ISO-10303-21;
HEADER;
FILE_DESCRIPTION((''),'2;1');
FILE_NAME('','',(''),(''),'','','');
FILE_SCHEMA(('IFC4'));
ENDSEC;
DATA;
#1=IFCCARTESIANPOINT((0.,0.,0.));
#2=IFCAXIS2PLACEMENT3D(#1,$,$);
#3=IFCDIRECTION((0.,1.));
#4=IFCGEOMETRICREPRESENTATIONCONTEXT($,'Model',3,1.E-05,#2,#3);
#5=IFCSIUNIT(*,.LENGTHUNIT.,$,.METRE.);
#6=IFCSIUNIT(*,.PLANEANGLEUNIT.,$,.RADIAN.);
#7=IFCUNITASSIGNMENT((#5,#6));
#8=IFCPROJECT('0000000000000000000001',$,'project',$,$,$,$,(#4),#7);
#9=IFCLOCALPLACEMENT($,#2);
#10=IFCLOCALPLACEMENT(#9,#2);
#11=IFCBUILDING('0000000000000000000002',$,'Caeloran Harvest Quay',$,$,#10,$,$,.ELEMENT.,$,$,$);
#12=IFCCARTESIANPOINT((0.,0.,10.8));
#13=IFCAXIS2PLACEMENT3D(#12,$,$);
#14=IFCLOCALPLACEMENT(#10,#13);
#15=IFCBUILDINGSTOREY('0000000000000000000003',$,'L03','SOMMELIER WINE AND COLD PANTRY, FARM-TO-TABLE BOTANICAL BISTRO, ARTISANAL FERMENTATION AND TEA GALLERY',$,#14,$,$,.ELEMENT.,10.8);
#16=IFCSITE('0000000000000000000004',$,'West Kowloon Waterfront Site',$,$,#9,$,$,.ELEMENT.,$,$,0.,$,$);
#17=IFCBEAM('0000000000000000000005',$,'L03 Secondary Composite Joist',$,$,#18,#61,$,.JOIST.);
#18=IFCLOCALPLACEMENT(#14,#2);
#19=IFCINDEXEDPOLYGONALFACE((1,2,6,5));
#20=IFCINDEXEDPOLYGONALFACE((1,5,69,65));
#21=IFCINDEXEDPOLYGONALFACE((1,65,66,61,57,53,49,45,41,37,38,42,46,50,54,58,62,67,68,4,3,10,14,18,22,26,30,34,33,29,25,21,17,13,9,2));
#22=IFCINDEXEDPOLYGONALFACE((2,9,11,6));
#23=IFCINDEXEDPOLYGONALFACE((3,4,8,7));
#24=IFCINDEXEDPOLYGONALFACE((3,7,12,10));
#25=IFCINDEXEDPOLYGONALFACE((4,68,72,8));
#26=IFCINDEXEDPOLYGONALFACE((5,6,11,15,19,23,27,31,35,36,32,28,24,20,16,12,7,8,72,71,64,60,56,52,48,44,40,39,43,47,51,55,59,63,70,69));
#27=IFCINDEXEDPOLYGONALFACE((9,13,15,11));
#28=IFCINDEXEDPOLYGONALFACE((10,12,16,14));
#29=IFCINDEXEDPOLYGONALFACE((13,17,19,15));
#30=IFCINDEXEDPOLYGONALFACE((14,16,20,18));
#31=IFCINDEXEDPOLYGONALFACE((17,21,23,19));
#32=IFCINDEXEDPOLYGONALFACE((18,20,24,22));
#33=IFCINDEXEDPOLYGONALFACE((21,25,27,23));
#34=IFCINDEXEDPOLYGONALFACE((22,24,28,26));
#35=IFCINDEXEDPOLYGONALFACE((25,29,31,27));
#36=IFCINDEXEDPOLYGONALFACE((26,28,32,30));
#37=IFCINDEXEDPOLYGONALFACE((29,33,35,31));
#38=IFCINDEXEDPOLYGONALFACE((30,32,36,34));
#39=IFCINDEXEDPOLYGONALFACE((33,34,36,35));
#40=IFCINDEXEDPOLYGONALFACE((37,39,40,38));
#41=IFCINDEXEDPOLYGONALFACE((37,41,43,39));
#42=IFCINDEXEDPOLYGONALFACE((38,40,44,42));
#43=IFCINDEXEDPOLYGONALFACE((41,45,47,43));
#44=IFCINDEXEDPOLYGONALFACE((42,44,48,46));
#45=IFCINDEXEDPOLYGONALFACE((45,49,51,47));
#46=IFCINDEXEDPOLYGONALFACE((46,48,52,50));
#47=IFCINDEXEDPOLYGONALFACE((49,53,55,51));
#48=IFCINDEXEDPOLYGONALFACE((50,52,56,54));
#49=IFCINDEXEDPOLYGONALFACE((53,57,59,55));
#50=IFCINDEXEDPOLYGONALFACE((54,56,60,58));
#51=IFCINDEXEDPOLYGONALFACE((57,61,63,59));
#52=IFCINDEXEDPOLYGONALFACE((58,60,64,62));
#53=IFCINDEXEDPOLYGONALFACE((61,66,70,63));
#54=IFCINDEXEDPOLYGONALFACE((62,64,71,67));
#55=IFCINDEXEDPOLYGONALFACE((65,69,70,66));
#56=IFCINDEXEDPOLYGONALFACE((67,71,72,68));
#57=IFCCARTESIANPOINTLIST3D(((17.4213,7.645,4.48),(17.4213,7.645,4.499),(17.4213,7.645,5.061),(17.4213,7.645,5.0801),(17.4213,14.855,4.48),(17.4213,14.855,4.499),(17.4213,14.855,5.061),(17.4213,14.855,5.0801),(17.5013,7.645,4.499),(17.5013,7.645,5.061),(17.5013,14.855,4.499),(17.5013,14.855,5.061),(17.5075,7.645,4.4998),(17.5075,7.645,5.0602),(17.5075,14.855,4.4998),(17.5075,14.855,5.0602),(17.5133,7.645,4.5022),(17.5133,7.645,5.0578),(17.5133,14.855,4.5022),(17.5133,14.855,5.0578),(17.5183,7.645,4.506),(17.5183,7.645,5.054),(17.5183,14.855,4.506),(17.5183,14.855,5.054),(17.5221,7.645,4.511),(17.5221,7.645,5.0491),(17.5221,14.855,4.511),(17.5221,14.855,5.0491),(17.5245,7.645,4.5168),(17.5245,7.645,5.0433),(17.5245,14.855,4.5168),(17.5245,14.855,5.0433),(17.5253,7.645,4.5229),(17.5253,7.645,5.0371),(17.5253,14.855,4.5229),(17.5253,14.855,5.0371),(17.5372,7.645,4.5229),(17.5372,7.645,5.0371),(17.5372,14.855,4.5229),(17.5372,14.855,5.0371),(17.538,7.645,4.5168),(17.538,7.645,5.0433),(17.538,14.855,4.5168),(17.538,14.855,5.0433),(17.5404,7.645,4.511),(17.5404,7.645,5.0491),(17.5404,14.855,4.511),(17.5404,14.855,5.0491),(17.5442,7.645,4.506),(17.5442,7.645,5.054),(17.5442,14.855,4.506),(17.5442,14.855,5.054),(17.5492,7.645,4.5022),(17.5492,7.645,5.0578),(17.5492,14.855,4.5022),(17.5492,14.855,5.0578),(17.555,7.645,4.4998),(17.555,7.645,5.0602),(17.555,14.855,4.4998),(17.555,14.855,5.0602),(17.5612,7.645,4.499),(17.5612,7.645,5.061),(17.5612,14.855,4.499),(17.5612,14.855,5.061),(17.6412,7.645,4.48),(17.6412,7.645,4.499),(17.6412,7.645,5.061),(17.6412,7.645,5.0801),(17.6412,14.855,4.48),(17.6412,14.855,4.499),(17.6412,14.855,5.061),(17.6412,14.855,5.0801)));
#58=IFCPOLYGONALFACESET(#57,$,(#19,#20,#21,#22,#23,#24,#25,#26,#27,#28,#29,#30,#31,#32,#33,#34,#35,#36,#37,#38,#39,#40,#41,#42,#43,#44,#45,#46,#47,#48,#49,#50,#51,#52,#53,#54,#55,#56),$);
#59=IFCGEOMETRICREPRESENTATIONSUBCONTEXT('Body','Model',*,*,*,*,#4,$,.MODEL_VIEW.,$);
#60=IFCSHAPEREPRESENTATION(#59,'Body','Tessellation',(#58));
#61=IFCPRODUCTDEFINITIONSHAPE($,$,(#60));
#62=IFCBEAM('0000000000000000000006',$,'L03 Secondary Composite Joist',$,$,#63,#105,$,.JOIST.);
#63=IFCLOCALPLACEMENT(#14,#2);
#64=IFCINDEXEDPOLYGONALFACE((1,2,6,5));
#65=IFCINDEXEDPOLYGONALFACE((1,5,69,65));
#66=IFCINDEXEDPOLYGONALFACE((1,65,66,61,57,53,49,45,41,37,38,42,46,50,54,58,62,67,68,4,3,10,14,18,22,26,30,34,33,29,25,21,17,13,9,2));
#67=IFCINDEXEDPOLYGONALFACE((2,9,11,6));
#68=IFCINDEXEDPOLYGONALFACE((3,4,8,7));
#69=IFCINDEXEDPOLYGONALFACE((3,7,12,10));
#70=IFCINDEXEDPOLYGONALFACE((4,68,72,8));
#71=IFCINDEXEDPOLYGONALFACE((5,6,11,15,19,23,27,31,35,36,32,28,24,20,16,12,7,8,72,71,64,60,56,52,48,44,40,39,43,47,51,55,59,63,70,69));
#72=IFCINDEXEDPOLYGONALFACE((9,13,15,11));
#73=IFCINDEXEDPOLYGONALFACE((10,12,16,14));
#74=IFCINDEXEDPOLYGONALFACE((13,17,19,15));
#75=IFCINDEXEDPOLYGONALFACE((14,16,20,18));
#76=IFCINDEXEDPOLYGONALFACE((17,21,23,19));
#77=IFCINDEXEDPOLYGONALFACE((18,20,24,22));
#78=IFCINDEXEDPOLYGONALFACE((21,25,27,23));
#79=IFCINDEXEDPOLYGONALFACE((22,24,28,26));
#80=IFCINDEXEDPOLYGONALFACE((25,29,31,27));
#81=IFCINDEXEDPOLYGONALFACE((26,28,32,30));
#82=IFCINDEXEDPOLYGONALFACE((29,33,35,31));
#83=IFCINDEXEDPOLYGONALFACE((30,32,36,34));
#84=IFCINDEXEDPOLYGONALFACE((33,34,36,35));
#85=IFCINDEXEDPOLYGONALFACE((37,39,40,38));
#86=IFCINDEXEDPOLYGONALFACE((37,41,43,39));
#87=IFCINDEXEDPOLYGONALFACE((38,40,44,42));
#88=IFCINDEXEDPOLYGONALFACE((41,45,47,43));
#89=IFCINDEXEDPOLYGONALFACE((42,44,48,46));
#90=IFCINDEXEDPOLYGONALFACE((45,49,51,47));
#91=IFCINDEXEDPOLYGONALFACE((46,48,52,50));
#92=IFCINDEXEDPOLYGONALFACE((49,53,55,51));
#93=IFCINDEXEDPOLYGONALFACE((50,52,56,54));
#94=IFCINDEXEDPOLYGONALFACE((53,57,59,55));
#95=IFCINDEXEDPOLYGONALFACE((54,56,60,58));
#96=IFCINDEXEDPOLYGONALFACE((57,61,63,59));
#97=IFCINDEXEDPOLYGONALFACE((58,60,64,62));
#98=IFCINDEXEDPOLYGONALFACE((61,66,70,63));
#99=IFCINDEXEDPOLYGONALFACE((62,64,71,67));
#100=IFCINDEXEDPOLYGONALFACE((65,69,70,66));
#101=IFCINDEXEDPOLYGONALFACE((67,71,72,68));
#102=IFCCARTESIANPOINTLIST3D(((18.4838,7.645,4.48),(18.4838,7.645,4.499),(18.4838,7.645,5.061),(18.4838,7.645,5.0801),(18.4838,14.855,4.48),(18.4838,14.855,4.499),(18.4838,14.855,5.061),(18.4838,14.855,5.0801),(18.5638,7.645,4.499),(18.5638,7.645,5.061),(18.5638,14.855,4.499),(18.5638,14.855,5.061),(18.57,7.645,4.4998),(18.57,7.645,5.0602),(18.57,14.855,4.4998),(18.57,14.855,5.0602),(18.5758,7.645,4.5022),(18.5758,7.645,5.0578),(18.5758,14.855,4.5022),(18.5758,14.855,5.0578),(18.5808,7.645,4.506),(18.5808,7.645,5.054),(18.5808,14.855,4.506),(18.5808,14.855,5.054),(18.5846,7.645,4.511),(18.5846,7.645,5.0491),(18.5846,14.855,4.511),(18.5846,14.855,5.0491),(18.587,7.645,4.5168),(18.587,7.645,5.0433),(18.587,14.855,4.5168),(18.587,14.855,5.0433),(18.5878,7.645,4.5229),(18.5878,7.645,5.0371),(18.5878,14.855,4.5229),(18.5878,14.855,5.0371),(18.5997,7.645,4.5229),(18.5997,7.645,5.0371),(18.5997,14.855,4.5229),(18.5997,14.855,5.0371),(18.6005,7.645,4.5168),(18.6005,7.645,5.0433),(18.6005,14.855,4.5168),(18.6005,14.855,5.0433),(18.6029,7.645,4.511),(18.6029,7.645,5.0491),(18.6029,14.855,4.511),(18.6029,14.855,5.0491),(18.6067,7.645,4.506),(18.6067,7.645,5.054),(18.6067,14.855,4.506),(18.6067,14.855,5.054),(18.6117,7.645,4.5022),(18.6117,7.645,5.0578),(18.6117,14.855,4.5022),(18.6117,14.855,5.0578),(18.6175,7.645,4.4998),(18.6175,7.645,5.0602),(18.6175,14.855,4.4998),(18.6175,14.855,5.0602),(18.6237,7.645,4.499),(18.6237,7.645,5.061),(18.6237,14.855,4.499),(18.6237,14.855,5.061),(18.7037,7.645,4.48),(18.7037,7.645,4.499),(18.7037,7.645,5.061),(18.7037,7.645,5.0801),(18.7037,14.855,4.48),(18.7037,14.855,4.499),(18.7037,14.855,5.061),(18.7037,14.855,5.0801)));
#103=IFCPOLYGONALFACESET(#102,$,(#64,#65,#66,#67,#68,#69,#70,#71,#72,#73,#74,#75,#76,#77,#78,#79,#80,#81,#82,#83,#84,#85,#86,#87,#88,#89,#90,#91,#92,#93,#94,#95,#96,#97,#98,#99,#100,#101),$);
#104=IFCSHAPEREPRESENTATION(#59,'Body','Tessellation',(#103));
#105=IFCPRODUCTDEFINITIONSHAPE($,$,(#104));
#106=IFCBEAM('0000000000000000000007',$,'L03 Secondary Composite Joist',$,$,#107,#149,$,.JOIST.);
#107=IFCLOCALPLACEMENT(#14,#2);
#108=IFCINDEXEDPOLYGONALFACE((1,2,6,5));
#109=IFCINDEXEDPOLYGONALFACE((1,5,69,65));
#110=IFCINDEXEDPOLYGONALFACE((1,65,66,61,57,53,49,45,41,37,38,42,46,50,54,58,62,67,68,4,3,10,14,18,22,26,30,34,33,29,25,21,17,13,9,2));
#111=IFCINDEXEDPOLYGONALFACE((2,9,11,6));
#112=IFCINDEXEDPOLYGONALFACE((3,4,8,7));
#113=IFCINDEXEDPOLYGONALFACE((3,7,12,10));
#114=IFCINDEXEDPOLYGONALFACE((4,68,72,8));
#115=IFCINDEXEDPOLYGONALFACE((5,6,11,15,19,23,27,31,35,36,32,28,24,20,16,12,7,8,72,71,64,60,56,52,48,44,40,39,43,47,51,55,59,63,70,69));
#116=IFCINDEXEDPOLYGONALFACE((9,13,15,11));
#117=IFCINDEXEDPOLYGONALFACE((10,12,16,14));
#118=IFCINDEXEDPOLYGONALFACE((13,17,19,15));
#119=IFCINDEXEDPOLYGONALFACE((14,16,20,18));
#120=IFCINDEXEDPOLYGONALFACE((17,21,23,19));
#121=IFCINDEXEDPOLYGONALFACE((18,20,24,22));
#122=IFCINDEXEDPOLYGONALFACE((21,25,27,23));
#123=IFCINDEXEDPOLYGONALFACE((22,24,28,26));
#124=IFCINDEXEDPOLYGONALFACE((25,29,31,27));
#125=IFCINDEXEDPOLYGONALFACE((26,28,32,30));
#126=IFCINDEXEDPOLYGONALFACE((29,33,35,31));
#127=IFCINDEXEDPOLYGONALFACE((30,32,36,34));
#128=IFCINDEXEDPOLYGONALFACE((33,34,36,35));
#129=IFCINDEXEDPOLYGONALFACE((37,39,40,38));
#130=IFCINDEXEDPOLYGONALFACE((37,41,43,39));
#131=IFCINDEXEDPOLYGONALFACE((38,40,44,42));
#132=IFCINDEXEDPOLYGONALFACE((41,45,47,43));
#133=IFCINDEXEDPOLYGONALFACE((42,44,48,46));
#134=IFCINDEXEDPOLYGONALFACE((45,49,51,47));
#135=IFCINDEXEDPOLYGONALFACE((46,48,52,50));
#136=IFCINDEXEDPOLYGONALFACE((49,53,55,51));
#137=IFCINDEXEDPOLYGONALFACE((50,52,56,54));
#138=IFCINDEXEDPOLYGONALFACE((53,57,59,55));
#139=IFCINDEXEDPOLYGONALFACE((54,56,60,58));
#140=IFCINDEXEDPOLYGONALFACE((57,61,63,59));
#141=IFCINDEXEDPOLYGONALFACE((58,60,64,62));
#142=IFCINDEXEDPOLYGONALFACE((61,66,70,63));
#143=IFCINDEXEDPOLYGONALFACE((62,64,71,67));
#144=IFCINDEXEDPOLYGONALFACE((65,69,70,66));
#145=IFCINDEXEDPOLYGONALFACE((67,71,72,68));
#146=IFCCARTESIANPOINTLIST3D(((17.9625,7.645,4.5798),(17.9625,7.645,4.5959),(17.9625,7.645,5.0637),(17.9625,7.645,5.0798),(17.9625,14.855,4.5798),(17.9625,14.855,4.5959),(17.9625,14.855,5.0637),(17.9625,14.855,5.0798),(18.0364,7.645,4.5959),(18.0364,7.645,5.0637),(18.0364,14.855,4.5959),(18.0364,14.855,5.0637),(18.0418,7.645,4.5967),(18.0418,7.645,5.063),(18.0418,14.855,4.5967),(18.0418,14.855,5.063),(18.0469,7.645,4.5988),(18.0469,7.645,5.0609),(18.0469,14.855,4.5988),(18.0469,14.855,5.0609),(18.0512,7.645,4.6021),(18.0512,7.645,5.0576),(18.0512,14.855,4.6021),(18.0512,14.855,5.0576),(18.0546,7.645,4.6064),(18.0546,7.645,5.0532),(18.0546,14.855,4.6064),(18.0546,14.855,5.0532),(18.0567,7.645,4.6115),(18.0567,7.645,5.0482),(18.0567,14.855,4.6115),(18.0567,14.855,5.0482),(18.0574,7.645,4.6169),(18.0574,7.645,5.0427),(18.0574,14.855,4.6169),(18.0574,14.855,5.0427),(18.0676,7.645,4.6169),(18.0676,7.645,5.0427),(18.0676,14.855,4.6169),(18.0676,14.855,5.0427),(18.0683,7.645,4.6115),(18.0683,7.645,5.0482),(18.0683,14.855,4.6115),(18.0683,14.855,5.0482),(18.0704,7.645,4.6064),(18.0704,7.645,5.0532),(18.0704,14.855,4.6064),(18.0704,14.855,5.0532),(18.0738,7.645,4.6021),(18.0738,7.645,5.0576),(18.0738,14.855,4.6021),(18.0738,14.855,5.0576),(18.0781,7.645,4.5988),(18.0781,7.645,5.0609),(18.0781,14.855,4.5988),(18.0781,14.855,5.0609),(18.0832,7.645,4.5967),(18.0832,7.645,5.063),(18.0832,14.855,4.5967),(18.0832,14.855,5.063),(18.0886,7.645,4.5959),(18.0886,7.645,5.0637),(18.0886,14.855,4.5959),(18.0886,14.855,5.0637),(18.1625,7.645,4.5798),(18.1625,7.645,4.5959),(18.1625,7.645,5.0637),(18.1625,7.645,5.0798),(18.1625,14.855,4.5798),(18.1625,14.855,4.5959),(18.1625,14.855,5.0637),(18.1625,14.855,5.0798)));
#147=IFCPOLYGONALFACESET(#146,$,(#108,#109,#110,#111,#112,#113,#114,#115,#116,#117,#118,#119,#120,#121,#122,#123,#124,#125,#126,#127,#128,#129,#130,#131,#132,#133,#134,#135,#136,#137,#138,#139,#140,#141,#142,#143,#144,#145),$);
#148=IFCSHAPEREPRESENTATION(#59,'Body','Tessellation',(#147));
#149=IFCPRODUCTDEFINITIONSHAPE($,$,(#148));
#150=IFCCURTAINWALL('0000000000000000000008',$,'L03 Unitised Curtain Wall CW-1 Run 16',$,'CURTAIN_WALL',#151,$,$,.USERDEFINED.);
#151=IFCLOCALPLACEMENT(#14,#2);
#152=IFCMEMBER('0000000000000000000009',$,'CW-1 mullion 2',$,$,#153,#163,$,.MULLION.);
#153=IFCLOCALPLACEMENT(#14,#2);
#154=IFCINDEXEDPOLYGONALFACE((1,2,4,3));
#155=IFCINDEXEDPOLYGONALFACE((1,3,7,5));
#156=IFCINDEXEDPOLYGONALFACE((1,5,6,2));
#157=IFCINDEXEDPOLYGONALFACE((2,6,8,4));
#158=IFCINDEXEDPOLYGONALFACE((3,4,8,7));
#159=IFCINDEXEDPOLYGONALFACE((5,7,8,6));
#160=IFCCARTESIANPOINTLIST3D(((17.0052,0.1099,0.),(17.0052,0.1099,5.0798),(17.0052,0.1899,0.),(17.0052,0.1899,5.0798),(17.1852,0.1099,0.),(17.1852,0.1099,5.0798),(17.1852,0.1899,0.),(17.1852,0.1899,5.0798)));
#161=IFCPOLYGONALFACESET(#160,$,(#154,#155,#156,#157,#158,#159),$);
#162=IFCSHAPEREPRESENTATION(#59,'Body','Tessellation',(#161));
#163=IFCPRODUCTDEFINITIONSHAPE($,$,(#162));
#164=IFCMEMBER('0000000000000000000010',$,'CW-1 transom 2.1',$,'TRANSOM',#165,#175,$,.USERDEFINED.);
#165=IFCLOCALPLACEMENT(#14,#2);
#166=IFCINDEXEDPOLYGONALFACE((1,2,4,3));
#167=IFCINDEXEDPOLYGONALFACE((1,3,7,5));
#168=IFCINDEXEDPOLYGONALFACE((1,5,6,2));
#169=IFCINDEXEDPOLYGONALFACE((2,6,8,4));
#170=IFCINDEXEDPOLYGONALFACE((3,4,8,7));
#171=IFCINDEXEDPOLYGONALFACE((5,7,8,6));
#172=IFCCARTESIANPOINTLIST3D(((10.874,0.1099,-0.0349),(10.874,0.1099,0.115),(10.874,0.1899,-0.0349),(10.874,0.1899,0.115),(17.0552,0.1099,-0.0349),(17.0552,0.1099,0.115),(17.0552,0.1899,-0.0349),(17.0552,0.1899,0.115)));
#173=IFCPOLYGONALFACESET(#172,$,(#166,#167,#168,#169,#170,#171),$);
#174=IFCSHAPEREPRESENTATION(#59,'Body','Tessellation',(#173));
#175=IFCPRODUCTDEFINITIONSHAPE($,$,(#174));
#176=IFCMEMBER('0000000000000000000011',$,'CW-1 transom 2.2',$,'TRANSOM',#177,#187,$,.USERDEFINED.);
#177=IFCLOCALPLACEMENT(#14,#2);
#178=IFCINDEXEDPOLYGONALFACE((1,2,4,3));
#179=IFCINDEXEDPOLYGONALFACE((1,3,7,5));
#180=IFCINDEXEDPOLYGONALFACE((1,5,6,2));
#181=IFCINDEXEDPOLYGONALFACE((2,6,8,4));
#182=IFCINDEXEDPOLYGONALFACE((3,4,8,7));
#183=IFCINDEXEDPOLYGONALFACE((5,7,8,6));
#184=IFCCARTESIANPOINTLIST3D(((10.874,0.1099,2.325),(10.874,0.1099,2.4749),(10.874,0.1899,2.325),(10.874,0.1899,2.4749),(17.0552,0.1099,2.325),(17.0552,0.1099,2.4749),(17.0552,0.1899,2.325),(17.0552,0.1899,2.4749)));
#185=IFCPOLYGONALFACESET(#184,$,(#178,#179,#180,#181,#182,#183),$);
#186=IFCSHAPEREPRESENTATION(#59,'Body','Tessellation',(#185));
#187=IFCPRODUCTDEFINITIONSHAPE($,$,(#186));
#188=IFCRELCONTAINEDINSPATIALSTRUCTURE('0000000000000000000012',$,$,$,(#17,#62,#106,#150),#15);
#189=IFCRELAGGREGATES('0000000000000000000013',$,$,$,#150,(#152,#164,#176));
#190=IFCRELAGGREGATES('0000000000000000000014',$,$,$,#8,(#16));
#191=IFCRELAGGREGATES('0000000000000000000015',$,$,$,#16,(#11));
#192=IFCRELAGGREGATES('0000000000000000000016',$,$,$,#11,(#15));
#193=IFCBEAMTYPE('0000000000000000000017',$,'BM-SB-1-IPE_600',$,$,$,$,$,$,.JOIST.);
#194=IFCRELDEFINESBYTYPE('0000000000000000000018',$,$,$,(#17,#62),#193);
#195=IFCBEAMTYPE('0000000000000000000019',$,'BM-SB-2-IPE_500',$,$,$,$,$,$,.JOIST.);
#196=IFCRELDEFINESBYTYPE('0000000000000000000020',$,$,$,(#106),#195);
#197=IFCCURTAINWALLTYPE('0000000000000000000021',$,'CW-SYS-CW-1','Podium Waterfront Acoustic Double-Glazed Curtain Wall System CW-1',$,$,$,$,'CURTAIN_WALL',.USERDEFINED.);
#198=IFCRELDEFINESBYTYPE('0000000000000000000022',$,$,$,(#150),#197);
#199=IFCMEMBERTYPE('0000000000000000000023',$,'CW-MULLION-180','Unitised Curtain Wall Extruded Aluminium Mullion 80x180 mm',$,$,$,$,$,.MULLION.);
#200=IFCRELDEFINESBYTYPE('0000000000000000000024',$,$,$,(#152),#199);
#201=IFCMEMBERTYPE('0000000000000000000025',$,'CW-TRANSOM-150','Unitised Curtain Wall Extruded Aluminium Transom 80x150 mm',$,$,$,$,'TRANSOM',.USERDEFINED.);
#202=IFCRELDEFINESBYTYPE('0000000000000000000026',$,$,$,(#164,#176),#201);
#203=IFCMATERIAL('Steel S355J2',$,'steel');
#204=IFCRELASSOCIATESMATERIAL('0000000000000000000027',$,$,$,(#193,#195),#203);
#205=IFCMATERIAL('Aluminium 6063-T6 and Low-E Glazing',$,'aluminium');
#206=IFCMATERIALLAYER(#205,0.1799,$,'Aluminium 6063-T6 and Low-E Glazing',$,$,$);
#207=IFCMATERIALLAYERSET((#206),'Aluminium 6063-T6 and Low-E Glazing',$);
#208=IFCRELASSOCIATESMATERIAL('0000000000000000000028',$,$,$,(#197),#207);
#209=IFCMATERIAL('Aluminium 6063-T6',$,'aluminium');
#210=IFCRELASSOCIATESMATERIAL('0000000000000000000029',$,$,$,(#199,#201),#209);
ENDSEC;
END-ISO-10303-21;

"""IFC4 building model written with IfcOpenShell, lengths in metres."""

from ifc_helpers import new_model, si_unit, direction, frame, origin, origin_2d, place, context, subcontext, project, spatial, rectangle, i_section, extrude, material, layer, layer_set, material_profile, profile_set, type_object, element, aggregate, save


model = new_model("IFC4")

# Units and contexts
model_context = context("Model", 3, precision=1e-05, world=origin(), true_north=direction((0.0, 1.0)))
body_context = subcontext(model_context, "Body", "Model", "MODEL_VIEW")
ifc_project = project(units=[si_unit("LENGTHUNIT", "METRE"), si_unit("PLANEANGLEUNIT", "RADIAN")], contexts=[model_context])

# Site, building, storey
site_placement = place(None, origin())
site = spatial("IfcSite", under=ifc_project, at=site_placement, Name="West Kowloon Waterfront Site", CompositionType="ELEMENT", RefElevation=0.0)
building_placement = place(site_placement, origin())
building = spatial("IfcBuilding", under=site, at=building_placement, Name="Caeloran Harvest Quay", CompositionType="ELEMENT")
storey_placement = place(building_placement, frame((0.0, 0.0, 10.8)))
storey = spatial("IfcBuildingStorey", under=building, at=storey_placement, Name="L03", Description="SOMMELIER WINE AND COLD PANTRY, FARM-TO-TABLE BOTANICAL BISTRO, ARTISANAL FERMENTATION AND TEA GALLERY", CompositionType="ELEMENT", Elevation=10.8)

# Beams
ifc_material_1 = material(Name="Steel S355J2", Category="steel")
ifc_material_profile_1 = material_profile(ifc_material_1, i_section(OverallWidth=0.22, OverallDepth=0.6001, WebThickness=0.012, FlangeThickness=0.019, FilletRadius=0.0239, at=origin_2d()), Name="IPE 600")
ifc_profile_set_1 = profile_set([ifc_material_profile_1], Name="Steel S355J2")
beam_type_1 = type_object("IfcBeamType", Name="BM-SB-1-IPE_600", PredefinedType="JOIST", material=ifc_profile_set_1)
for number, where, z_axis, x_axis, name in (
    (1, (17.5312, 7.645, 4.78), (0.0, 1.0, 0.0), (-1.0, 0.0, 0.0), "L03 Secondary Composite Joist"),
    (2, (18.5938, 7.645, 4.78), (0.0, 1.0, 0.0), (-1.0, 0.0, 0.0), "L03 Secondary Composite Joist"),
):
    element("IfcBeam", number, at=place(storey_placement, frame(where, z_axis=z_axis, x_axis=x_axis)), inside=storey, type_object=beam_type_1, Name=name, PredefinedType="JOIST", context=body_context, shape_type="SweptSolid", body=[
        extrude(i_section(OverallWidth=0.22, OverallDepth=0.6001, WebThickness=0.012, FlangeThickness=0.019, FilletRadius=0.0239, at=origin_2d()), origin(), (0.0, 0.0, 1.0), 7.21),
    ])
ifc_material_profile_2 = material_profile(ifc_material_1, i_section(OverallWidth=0.2, OverallDepth=0.5, WebThickness=0.0103, FlangeThickness=0.0161, FilletRadius=0.021, at=origin_2d()), Name="IPE 500")
ifc_profile_set_2 = profile_set([ifc_material_profile_2], Name="Steel S355J2")
beam_type_2 = type_object("IfcBeamType", Name="BM-SB-2-IPE_500", PredefinedType="JOIST", material=ifc_profile_set_2)
beam_1_placement = place(storey_placement, frame((18.0625, 7.645, 4.8298), z_axis=(0.0, 1.0, 0.0), x_axis=(-1.0, 0.0, 0.0)))
element("IfcBeam", 3, at=beam_1_placement, inside=storey, type_object=beam_type_2, Name="L03 Secondary Composite Joist", PredefinedType="JOIST", context=body_context, shape_type="SweptSolid", body=[
    extrude(i_section(OverallWidth=0.2, OverallDepth=0.5, WebThickness=0.0103, FlangeThickness=0.0161, FilletRadius=0.021, at=origin_2d()), origin(), (0.0, 0.0, 1.0), 7.21),
])

# Curtain wall, members
ifc_material_2 = material(Name="Aluminium 6063-T6 and Low-E Glazing", Category="aluminium")
ifc_layer_1 = layer(ifc_material_2, 0.1799, Name="Aluminium 6063-T6 and Low-E Glazing")
ifc_layer_set_1 = layer_set([ifc_layer_1], Name="Aluminium 6063-T6 and Low-E Glazing")
curtain_wall_type = type_object("IfcCurtainWallType", Name="CW-SYS-CW-1", Description="Podium Waterfront Acoustic Double-Glazed Curtain Wall System CW-1", ElementType="CURTAIN_WALL", PredefinedType="USERDEFINED", material=ifc_layer_set_1)
curtain_wall_placement = place(storey_placement, origin())
curtain_wall = element("IfcCurtainWall", 4, at=curtain_wall_placement, inside=storey, type_object=curtain_wall_type, Name="L03 Unitised Curtain Wall CW-1 Run 16", ObjectType="CURTAIN_WALL", PredefinedType="USERDEFINED")
ifc_material_3 = material(Name="Aluminium 6063-T6", Category="aluminium")
ifc_material_profile_3 = material_profile(ifc_material_3, rectangle(XDim=0.0801, YDim=0.1799, at=origin_2d()), Name="CW-MULLION-180")
ifc_profile_set_3 = profile_set([ifc_material_profile_3], Name="Aluminium 6063-T6")
member_type_1 = type_object("IfcMemberType", Name="CW-MULLION-180", Description="Unitised Curtain Wall Extruded Aluminium Mullion 80x180 mm", PredefinedType="MULLION", material=ifc_profile_set_3)
member_1_placement = place(storey_placement, frame((17.0952, 0.1499, 0.0), z_axis=(0.0, 0.0, 1.0), x_axis=(0.0, -1.0, 0.0)))
member_1 = element("IfcMember", 5, at=member_1_placement, type_object=member_type_1, Name="CW-1 mullion 2", PredefinedType="MULLION", context=body_context, shape_type="SweptSolid", body=[
    extrude(rectangle(XDim=0.0801, YDim=0.1799, at=origin_2d()), origin(), (0.0, 0.0, 1.0), 5.0798),
])
ifc_material_profile_4 = material_profile(ifc_material_3, rectangle(XDim=0.0801, YDim=0.1499, at=origin_2d()), Name="CW-TRANSOM-150")
ifc_profile_set_4 = profile_set([ifc_material_profile_4], Name="Aluminium 6063-T6")
member_type_2 = type_object("IfcMemberType", Name="CW-TRANSOM-150", Description="Unitised Curtain Wall Extruded Aluminium Transom 80x150 mm", ElementType="TRANSOM", PredefinedType="USERDEFINED", material=ifc_profile_set_4)
member_2_placement = place(storey_placement, frame((17.0552, 0.1499, 0.04), z_axis=(-1.0, 0.0, 0.0), x_axis=(0.0, -1.0, 0.0)))
member_2 = element("IfcMember", 6, at=member_2_placement, type_object=member_type_2, Name="CW-1 transom 2.1", ObjectType="TRANSOM", PredefinedType="USERDEFINED", context=body_context, shape_type="SweptSolid", body=[
    extrude(rectangle(XDim=0.0801, YDim=0.1499, at=origin_2d()), origin(), (0.0, 0.0, 1.0), 6.1812),
])
member_3_placement = place(storey_placement, frame((17.0552, 0.1499, 2.3999), z_axis=(-1.0, 0.0, 0.0), x_axis=(0.0, -1.0, 0.0)))
member_3 = element("IfcMember", 7, at=member_3_placement, type_object=member_type_2, Name="CW-1 transom 2.2", ObjectType="TRANSOM", PredefinedType="USERDEFINED", context=body_context, shape_type="SweptSolid", body=[
    extrude(rectangle(XDim=0.0801, YDim=0.1499, at=origin_2d()), origin(), (0.0, 0.0, 1.0), 6.1812),
])
aggregate(curtain_wall, [member_1, member_2, member_3])

save(model, "model.ifc")
